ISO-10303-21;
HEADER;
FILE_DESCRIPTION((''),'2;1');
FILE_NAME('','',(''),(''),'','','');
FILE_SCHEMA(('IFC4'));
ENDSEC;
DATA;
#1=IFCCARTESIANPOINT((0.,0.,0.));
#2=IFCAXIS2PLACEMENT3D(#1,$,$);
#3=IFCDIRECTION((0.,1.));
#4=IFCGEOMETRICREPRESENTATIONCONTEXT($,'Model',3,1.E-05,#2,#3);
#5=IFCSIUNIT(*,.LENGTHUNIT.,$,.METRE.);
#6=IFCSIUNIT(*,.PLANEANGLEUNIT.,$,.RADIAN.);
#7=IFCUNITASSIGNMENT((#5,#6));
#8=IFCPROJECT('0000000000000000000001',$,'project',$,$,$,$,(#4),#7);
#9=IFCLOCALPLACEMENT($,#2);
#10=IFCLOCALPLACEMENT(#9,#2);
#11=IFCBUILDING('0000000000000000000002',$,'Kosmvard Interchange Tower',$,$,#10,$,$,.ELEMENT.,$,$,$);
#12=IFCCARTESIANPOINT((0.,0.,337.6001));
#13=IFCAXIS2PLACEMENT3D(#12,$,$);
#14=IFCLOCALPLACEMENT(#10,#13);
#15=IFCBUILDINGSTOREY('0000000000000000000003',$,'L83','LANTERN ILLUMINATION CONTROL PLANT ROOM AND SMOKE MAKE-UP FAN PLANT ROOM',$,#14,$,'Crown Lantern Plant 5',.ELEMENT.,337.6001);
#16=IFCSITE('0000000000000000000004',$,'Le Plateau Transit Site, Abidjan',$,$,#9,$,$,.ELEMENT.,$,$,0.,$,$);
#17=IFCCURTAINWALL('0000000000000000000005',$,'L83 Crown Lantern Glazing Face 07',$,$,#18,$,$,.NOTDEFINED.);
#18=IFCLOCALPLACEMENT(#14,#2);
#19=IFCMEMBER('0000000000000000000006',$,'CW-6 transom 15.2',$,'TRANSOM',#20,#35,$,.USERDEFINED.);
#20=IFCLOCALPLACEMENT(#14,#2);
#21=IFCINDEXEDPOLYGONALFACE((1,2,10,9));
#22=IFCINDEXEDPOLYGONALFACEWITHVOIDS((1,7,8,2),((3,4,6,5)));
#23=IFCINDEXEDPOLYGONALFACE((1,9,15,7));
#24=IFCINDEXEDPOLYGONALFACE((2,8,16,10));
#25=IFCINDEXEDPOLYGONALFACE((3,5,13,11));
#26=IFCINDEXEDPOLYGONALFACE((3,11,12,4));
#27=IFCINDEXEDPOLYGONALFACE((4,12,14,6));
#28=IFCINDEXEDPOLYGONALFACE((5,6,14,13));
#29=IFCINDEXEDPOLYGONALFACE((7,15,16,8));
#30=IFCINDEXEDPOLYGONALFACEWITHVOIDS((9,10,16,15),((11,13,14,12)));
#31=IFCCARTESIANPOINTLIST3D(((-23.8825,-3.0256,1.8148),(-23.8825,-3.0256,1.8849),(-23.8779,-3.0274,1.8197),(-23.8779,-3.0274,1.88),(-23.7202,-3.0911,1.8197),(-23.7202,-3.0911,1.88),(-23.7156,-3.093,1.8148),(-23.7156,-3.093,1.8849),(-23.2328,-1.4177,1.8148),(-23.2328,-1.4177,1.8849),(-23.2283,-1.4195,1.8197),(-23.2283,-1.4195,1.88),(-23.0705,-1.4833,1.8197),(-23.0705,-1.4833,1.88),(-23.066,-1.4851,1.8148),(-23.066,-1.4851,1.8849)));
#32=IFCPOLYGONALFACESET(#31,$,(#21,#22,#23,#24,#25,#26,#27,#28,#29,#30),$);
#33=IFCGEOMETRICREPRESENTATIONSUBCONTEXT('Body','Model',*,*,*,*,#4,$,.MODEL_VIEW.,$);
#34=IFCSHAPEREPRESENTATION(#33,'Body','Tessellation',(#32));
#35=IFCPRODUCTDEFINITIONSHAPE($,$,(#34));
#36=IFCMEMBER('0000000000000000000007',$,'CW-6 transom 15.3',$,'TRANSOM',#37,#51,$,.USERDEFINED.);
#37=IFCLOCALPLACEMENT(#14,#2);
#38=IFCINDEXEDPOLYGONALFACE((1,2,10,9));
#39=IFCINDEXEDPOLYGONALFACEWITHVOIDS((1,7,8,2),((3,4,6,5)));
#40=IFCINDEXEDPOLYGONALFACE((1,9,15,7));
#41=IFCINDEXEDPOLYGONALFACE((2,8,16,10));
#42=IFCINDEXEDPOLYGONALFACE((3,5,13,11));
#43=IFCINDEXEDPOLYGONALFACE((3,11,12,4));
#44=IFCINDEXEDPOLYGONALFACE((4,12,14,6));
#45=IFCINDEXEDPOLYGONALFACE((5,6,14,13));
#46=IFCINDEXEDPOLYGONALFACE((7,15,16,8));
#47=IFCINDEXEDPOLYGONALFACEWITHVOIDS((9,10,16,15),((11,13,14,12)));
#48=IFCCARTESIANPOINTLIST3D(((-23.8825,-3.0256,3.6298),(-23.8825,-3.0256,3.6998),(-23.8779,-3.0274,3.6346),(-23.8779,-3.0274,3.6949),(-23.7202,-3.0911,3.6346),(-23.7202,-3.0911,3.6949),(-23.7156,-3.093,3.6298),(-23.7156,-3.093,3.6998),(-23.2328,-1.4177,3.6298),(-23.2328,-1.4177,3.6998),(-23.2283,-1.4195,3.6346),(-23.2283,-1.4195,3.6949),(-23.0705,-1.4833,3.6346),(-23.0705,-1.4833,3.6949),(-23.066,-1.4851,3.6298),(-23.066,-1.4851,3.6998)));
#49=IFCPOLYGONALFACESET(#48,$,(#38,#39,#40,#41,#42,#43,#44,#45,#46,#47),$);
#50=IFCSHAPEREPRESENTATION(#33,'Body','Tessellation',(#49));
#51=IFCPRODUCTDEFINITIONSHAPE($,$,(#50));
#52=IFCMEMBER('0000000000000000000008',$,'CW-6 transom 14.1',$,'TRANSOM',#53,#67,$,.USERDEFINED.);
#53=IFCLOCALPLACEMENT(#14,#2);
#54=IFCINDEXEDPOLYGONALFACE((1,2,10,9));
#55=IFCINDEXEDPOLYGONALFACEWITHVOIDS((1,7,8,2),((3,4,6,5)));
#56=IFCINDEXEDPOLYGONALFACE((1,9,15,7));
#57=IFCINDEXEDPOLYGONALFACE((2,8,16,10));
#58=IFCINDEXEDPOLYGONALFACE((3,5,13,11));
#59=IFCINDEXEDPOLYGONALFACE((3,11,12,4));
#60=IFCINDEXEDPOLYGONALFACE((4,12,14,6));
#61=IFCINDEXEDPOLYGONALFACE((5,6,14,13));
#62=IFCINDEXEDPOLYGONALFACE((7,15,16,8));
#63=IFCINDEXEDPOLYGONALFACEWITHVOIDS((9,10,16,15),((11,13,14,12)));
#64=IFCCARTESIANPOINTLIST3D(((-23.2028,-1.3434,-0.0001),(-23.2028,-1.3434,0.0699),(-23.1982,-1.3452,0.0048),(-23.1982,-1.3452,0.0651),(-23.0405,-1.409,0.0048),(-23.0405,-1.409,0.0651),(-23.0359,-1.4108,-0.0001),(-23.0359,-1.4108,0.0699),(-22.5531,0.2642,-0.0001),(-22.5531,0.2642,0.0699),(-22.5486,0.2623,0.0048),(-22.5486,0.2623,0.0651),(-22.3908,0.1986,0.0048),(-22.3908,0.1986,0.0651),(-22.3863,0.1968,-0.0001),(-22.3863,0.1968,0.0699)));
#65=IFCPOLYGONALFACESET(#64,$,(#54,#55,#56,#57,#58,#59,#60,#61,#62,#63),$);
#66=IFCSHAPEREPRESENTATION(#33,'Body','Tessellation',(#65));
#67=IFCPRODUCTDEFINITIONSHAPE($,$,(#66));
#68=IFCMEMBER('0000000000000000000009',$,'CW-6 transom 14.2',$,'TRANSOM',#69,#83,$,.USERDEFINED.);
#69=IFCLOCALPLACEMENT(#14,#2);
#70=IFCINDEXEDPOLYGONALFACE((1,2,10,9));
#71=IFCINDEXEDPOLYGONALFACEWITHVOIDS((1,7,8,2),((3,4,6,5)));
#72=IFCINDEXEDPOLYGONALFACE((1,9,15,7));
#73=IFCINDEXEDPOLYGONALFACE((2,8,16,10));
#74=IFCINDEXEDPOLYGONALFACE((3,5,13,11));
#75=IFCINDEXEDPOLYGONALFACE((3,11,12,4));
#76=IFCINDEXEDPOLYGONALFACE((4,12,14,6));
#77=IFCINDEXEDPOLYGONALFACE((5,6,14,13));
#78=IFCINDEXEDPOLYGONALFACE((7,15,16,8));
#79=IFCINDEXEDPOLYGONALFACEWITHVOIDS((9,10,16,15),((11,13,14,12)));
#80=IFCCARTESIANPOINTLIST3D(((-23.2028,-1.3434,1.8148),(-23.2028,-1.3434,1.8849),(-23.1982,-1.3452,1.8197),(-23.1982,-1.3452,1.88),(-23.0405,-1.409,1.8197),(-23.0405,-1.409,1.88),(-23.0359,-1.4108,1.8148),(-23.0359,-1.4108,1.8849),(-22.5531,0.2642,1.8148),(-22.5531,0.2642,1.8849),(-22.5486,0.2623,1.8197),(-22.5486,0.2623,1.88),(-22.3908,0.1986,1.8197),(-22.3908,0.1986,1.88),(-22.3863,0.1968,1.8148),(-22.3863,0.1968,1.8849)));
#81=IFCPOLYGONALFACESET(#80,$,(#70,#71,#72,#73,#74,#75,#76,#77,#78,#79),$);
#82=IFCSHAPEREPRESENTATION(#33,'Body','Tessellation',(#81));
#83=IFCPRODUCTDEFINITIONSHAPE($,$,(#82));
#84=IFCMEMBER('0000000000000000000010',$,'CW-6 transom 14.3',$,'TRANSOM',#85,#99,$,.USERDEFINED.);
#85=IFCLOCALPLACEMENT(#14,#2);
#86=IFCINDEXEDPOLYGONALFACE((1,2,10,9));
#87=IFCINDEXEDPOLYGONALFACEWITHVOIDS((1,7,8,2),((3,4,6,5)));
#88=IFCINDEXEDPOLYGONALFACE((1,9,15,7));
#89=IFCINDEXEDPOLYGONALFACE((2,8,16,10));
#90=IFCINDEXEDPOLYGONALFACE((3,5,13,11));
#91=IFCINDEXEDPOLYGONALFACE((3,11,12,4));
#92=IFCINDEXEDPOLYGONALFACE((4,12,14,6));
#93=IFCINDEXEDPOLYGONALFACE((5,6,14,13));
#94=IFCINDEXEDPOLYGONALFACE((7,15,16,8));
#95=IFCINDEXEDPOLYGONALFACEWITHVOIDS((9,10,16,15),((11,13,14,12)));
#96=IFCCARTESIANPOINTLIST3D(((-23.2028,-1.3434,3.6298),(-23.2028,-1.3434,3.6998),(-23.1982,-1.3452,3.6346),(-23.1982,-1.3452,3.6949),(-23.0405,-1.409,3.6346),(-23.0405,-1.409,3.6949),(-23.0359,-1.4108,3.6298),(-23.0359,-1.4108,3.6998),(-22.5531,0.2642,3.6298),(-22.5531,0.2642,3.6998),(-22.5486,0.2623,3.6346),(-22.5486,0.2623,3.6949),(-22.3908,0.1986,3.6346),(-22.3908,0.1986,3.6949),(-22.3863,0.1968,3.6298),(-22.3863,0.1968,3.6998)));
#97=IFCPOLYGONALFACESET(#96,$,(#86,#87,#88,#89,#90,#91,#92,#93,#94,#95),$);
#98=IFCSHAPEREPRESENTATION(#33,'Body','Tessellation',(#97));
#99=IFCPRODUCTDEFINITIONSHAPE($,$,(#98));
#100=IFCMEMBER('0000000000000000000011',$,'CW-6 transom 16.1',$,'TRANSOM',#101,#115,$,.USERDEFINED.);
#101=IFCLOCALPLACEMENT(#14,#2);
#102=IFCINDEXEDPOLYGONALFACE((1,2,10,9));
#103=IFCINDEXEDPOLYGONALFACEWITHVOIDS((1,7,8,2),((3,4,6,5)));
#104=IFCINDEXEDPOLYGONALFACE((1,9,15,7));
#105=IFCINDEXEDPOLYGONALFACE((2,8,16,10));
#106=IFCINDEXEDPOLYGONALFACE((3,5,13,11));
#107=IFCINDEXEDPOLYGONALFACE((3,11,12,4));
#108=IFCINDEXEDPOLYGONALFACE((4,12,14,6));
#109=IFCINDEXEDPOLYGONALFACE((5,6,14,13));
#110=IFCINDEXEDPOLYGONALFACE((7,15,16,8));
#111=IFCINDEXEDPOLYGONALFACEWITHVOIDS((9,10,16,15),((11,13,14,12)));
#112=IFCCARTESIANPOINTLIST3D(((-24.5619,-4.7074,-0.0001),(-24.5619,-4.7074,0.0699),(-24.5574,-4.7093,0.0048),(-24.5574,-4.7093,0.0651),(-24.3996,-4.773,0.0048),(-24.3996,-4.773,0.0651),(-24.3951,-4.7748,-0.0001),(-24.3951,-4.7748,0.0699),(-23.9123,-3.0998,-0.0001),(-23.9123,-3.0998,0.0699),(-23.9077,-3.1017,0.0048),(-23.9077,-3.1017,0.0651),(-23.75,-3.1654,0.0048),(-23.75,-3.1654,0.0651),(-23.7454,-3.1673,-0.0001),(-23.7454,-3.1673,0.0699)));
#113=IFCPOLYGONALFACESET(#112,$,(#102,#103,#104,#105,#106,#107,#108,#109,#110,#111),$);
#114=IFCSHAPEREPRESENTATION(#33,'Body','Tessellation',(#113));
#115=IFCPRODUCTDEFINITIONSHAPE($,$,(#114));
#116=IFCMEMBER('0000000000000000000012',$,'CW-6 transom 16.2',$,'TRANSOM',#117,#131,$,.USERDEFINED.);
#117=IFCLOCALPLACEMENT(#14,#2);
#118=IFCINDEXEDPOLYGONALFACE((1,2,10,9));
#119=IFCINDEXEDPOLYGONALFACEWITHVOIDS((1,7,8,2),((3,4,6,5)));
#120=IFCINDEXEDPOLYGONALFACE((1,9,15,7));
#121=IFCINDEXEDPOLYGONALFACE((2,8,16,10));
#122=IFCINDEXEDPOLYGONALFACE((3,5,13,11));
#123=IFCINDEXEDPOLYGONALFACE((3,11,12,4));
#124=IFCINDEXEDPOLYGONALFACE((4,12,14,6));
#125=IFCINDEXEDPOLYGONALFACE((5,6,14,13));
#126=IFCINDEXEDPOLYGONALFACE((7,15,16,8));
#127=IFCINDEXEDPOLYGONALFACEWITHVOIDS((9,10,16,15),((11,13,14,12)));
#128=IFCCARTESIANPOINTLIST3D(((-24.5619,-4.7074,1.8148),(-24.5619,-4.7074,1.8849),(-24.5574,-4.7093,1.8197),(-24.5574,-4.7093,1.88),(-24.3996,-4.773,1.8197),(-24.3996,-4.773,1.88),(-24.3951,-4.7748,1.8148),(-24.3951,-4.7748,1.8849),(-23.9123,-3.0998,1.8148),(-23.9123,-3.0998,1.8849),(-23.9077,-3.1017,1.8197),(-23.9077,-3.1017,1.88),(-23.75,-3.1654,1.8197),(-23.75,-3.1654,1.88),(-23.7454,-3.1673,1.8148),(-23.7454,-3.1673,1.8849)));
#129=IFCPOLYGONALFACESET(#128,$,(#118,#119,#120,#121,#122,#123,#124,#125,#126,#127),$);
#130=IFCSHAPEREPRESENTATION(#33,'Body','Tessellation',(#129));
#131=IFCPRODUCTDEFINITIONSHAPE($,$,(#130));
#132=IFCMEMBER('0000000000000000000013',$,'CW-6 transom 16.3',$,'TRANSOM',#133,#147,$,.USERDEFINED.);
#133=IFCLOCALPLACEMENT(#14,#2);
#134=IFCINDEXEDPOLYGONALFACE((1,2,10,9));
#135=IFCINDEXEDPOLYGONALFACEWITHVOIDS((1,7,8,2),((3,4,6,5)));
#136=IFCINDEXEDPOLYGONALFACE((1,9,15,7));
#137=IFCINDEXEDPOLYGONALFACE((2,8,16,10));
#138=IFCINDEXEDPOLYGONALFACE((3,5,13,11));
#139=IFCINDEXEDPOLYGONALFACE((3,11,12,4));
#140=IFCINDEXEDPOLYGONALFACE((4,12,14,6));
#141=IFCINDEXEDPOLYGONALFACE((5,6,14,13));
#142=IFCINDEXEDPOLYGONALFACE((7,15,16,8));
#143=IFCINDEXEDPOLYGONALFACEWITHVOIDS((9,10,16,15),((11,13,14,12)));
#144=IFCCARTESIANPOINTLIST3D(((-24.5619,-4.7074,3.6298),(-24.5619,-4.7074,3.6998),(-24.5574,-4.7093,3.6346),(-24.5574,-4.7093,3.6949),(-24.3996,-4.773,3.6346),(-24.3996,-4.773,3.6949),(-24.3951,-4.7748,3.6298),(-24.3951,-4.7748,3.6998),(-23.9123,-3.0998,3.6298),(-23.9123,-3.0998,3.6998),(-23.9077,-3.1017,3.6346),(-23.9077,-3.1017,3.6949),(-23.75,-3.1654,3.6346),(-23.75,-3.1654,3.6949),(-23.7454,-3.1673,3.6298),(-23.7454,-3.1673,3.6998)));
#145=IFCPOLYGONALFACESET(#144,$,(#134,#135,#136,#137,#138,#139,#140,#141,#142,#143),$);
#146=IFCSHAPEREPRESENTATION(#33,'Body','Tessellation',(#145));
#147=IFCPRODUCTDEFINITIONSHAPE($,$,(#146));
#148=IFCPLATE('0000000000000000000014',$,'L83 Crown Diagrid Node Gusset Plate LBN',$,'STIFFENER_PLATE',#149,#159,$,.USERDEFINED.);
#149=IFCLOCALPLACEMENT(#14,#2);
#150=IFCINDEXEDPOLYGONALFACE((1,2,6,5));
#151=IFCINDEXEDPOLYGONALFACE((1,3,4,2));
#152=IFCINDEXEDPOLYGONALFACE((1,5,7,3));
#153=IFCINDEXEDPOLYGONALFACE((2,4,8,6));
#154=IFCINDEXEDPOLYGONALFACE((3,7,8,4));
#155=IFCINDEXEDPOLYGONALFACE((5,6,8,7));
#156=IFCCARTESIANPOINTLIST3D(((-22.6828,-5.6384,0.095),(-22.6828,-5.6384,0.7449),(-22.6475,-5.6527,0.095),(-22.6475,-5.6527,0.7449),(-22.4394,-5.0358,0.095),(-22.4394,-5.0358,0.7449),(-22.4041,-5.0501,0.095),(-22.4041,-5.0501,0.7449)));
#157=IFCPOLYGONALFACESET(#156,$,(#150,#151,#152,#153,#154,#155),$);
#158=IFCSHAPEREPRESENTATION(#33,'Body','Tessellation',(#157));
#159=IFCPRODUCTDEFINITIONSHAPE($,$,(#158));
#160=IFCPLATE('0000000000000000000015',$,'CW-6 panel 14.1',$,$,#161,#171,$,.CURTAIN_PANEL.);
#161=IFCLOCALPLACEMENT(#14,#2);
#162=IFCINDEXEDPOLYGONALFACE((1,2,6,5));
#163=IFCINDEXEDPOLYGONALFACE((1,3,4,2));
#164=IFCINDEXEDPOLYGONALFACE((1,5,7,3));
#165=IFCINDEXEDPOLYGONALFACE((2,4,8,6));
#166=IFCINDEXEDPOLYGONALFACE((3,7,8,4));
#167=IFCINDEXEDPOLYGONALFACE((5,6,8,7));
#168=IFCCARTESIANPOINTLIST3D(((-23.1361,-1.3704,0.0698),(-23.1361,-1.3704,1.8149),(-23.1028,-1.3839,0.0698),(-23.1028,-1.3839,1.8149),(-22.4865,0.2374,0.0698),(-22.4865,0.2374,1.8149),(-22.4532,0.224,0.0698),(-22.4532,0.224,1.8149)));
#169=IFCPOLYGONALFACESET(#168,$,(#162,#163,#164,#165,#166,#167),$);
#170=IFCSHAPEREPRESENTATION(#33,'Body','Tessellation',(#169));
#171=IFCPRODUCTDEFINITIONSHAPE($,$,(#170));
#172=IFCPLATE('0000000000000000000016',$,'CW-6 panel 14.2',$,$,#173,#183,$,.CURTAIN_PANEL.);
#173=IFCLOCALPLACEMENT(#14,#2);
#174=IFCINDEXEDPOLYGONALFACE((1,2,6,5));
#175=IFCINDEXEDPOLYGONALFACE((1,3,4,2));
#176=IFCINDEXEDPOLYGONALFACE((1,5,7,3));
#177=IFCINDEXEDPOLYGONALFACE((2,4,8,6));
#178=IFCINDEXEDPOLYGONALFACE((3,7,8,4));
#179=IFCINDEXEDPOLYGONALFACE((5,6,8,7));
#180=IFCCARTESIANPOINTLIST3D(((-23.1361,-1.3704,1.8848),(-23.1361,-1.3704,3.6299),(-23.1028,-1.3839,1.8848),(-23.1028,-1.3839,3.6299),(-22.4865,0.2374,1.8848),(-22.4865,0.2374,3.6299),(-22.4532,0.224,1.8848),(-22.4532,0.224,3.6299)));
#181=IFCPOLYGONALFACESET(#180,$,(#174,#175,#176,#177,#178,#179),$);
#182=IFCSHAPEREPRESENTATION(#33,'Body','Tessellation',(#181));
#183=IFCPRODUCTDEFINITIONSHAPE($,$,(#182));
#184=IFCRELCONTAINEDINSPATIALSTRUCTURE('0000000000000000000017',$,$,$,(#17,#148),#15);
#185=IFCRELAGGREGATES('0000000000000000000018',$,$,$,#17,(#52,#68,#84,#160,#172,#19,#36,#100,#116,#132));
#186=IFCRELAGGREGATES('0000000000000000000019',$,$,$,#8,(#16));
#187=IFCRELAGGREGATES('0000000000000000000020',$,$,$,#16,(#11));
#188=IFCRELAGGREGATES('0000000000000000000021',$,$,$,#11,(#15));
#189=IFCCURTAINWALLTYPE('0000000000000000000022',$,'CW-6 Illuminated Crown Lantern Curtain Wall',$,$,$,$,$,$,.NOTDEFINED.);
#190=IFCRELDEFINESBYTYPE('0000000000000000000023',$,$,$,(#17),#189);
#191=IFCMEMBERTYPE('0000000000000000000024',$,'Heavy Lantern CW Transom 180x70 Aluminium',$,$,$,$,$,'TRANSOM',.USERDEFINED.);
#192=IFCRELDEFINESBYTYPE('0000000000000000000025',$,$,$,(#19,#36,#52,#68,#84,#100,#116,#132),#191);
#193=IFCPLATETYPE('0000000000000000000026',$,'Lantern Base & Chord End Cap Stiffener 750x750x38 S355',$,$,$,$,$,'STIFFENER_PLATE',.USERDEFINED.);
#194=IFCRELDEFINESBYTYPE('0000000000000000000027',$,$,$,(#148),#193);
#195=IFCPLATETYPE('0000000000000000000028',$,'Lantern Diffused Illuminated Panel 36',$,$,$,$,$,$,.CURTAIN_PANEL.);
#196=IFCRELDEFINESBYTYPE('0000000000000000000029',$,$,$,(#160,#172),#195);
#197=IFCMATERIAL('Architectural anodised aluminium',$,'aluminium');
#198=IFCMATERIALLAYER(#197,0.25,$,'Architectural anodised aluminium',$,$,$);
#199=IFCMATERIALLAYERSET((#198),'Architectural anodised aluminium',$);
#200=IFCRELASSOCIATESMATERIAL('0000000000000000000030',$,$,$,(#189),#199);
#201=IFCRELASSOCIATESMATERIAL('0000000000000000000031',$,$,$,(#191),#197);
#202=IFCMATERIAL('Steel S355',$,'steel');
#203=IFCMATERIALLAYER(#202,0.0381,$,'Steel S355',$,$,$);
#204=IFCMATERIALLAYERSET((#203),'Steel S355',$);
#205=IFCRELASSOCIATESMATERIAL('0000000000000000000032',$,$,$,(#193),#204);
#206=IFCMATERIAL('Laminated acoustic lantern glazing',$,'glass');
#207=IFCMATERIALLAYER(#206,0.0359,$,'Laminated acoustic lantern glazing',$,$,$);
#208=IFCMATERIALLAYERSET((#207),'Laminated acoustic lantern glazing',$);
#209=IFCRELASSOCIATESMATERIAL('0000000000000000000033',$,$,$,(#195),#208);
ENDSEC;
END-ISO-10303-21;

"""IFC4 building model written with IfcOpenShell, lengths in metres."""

from ifc_helpers import new_model, si_unit, direction, frame, origin, origin_2d, place, context, subcontext, project, spatial, rectangle, hollow_rectangle, extrude, source, transform, mapped, material, layer, layer_set, material_profile, profile_set, type_object, element, aggregate, save


model = new_model("IFC4")

# Units and contexts
model_context = context("Model", 3, precision=1e-05, world=origin(), true_north=direction((0.0, 1.0)))
body_context = subcontext(model_context, "Body", "Model", "MODEL_VIEW")
ifc_project = project(units=[si_unit("LENGTHUNIT", "METRE"), si_unit("PLANEANGLEUNIT", "RADIAN")], contexts=[model_context])

# Site, building, storey
site_placement = place(None, origin())
site = spatial("IfcSite", under=ifc_project, at=site_placement, Name="Le Plateau Transit Site, Abidjan", CompositionType="ELEMENT", RefElevation=0.0)
building_placement = place(site_placement, origin())
building = spatial("IfcBuilding", under=site, at=building_placement, Name="Kosmvard Interchange Tower", CompositionType="ELEMENT")
storey_placement = place(building_placement, frame((0.0, 0.0, 337.6001)))
storey = spatial("IfcBuildingStorey", under=building, at=storey_placement, Name="L83", Description="LANTERN ILLUMINATION CONTROL PLANT ROOM AND SMOKE MAKE-UP FAN PLANT ROOM", LongName="Crown Lantern Plant 5", CompositionType="ELEMENT", Elevation=337.6001)

# Shared definitions
ifc_material_1 = material(Name="Steel S355", Category="steel")

# Curtain wall, members
ifc_material_2 = material(Name="Architectural anodised aluminium", Category="aluminium")
ifc_layer_1 = layer(ifc_material_2, 0.25, Name="Architectural anodised aluminium")
ifc_layer_set_1 = layer_set([ifc_layer_1], Name="Architectural anodised aluminium")
curtain_wall_type = type_object("IfcCurtainWallType", Name="CW-6 Illuminated Crown Lantern Curtain Wall", PredefinedType="NOTDEFINED", material=ifc_layer_set_1)
curtain_wall_placement = place(storey_placement, origin())
curtain_wall = element("IfcCurtainWall", 1, at=curtain_wall_placement, inside=storey, type_object=curtain_wall_type, Name="L83 Crown Lantern Glazing Face 07", PredefinedType="NOTDEFINED")
ifc_material_profile_1 = material_profile(ifc_material_2, hollow_rectangle(XDim=0.1799, YDim=0.0701, WallThickness=0.0049, at=origin_2d()), Name="CWT 180x70x5")
ifc_profile_set_1 = profile_set([ifc_material_profile_1], Name="Architectural anodised aluminium")
member_type_1 = type_object("IfcMemberType", Name="Heavy Lantern CW Transom 180x70 Aluminium", ElementType="TRANSOM", PredefinedType="USERDEFINED", material=ifc_profile_set_1)
shared_shape_1 = source(origin(), body_context, "Body", "SweptSolid", [
    extrude(hollow_rectangle(XDim=0.1799, YDim=0.0701, WallThickness=0.0049, at=origin_2d()), origin(), (0.0, 0.0, 1.0), 1.7341),
])
member_1_placement = place(storey_placement, frame((-23.1494, -1.4514, 1.8499), z_axis=(-0.374617, -0.92718, 0.0), x_axis=(0.92718, -0.374617, 0.0)))
member_1 = element("IfcMember", 2, at=member_1_placement, type_object=member_type_1, Name="CW-6 transom 15.2", ObjectType="TRANSOM", PredefinedType="USERDEFINED", context=body_context, shape_type="MappedRepresentation", body=[
    mapped(shared_shape_1, transform((0.0, 0.0, 0.0), scale=1.0)),
])
member_2_placement = place(storey_placement, frame((-23.1494, -1.4514, 3.6648), z_axis=(-0.374617, -0.92718, 0.0), x_axis=(0.92718, -0.374617, 0.0)))
member_2 = element("IfcMember", 3, at=member_2_placement, type_object=member_type_1, Name="CW-6 transom 15.3", ObjectType="TRANSOM", PredefinedType="USERDEFINED", context=body_context, shape_type="MappedRepresentation", body=[
    mapped(shared_shape_1, transform((0.0, 0.0, 0.0), scale=1.0)),
])
shared_shape_2 = source(origin(), body_context, "Body", "SweptSolid", [
    extrude(hollow_rectangle(XDim=0.1799, YDim=0.0701, WallThickness=0.0049, at=origin_2d()), origin(), (0.0, 0.0, 1.0), 1.7339),
])
member_3_placement = place(storey_placement, frame((-22.4697, 0.2305, 0.0349), z_axis=(-0.374666, -0.92716, 0.0), x_axis=(0.92716, -0.374666, 0.0)))
member_3 = element("IfcMember", 4, at=member_3_placement, type_object=member_type_1, Name="CW-6 transom 14.1", ObjectType="TRANSOM", PredefinedType="USERDEFINED", context=body_context, shape_type="MappedRepresentation", body=[
    mapped(shared_shape_2, transform((0.0, 0.0, 0.0), scale=1.0)),
])
member_4_placement = place(storey_placement, frame((-22.4697, 0.2305, 1.8499), z_axis=(-0.374666, -0.92716, 0.0), x_axis=(0.92716, -0.374666, 0.0)))
member_4 = element("IfcMember", 5, at=member_4_placement, type_object=member_type_1, Name="CW-6 transom 14.2", ObjectType="TRANSOM", PredefinedType="USERDEFINED", context=body_context, shape_type="MappedRepresentation", body=[
    mapped(shared_shape_2, transform((0.0, 0.0, 0.0), scale=1.0)),
])
member_5_placement = place(storey_placement, frame((-22.4697, 0.2305, 3.6648), z_axis=(-0.374666, -0.92716, 0.0), x_axis=(0.92716, -0.374666, 0.0)))
member_5 = element("IfcMember", 6, at=member_5_placement, type_object=member_type_1, Name="CW-6 transom 14.3", ObjectType="TRANSOM", PredefinedType="USERDEFINED", context=body_context, shape_type="MappedRepresentation", body=[
    mapped(shared_shape_2, transform((0.0, 0.0, 0.0), scale=1.0)),
])
member_6_placement = place(storey_placement, frame((-23.8289, -3.1335, 0.0349), z_axis=(-0.374666, -0.92716, 0.0), x_axis=(0.92716, -0.374666, 0.0)))
member_6 = element("IfcMember", 7, at=member_6_placement, type_object=member_type_1, Name="CW-6 transom 16.1", ObjectType="TRANSOM", PredefinedType="USERDEFINED", context=body_context, shape_type="MappedRepresentation", body=[
    mapped(shared_shape_2, transform((0.0, 0.0, 0.0), scale=1.0)),
])
member_7_placement = place(storey_placement, frame((-23.8289, -3.1335, 1.8499), z_axis=(-0.374666, -0.92716, 0.0), x_axis=(0.92716, -0.374666, 0.0)))
member_7 = element("IfcMember", 8, at=member_7_placement, type_object=member_type_1, Name="CW-6 transom 16.2", ObjectType="TRANSOM", PredefinedType="USERDEFINED", context=body_context, shape_type="MappedRepresentation", body=[
    mapped(shared_shape_2, transform((0.0, 0.0, 0.0), scale=1.0)),
])
member_8_placement = place(storey_placement, frame((-23.8289, -3.1335, 3.6648), z_axis=(-0.374666, -0.92716, 0.0), x_axis=(0.92716, -0.374666, 0.0)))
member_8 = element("IfcMember", 9, at=member_8_placement, type_object=member_type_1, Name="CW-6 transom 16.3", ObjectType="TRANSOM", PredefinedType="USERDEFINED", context=body_context, shape_type="MappedRepresentation", body=[
    mapped(shared_shape_2, transform((0.0, 0.0, 0.0), scale=1.0)),
])

# Plates
ifc_layer_2 = layer(ifc_material_1, 0.0381, Name="Steel S355")
ifc_layer_set_2 = layer_set([ifc_layer_2], Name="Steel S355")
plate_type_1 = type_object("IfcPlateType", Name="Lantern Base & Chord End Cap Stiffener 750x750x38 S355", ElementType="STIFFENER_PLATE", PredefinedType="USERDEFINED", material=ifc_layer_set_2)
shared_shape_3 = source(origin(), body_context, "Body", "SweptSolid", [
    extrude(rectangle(XDim=0.6499, YDim=0.0381, at=origin_2d()), origin(), (0.0, 0.0, 1.0), 0.6499),
])
plate_1_placement = place(storey_placement, frame((-22.5435, -5.3442, 0.095), z_axis=(0.0, 0.0, 1.0), x_axis=(0.374607, 0.927184, 0.0)))
element("IfcPlate", 10, at=plate_1_placement, inside=storey, type_object=plate_type_1, Name="L83 Crown Diagrid Node Gusset Plate LBN", ObjectType="STIFFENER_PLATE", PredefinedType="USERDEFINED", context=body_context, shape_type="MappedRepresentation", body=[
    mapped(shared_shape_3, transform((0.0, 0.0, 0.0), scale=1.0)),
])
ifc_material_3 = material(Name="Laminated acoustic lantern glazing", Category="glass")
ifc_layer_3 = layer(ifc_material_3, 0.0359, Name="Laminated acoustic lantern glazing")
ifc_layer_set_3 = layer_set([ifc_layer_3], Name="Laminated acoustic lantern glazing")
plate_type_2 = type_object("IfcPlateType", Name="Lantern Diffused Illuminated Panel 36", PredefinedType="CURTAIN_PANEL", material=ifc_layer_set_3)
shared_shape_4 = source(origin(), body_context, "Body", "SweptSolid", [
    extrude(rectangle(XDim=1.7341, YDim=0.0359, at=origin_2d()), origin(), (0.0, 0.0, 1.0), 1.7451),
])
plate_2_placement = place(storey_placement, frame((-22.7947, -0.5732, 0.0698), z_axis=(0.0, 0.0, 1.0), x_axis=(-0.374607, -0.927184, 0.0)))
plate_2 = element("IfcPlate", 11, at=plate_2_placement, type_object=plate_type_2, Name="CW-6 panel 14.1", PredefinedType="CURTAIN_PANEL", context=body_context, shape_type="MappedRepresentation", body=[
    mapped(shared_shape_4, transform((0.0, 0.0, 0.0), scale=1.0)),
])
plate_3_placement = place(storey_placement, frame((-22.7947, -0.5732, 1.8848), z_axis=(0.0, 0.0, 1.0), x_axis=(-0.374607, -0.927184, 0.0)))
plate_3 = element("IfcPlate", 12, at=plate_3_placement, type_object=plate_type_2, Name="CW-6 panel 14.2", PredefinedType="CURTAIN_PANEL", context=body_context, shape_type="MappedRepresentation", body=[
    mapped(shared_shape_4, transform((0.0, 0.0, 0.0), scale=1.0)),
])
aggregate(curtain_wall, [member_3, member_4, member_5, plate_2, plate_3, member_1, member_2, member_6, member_7, member_8])

save(model, "model.ifc")
